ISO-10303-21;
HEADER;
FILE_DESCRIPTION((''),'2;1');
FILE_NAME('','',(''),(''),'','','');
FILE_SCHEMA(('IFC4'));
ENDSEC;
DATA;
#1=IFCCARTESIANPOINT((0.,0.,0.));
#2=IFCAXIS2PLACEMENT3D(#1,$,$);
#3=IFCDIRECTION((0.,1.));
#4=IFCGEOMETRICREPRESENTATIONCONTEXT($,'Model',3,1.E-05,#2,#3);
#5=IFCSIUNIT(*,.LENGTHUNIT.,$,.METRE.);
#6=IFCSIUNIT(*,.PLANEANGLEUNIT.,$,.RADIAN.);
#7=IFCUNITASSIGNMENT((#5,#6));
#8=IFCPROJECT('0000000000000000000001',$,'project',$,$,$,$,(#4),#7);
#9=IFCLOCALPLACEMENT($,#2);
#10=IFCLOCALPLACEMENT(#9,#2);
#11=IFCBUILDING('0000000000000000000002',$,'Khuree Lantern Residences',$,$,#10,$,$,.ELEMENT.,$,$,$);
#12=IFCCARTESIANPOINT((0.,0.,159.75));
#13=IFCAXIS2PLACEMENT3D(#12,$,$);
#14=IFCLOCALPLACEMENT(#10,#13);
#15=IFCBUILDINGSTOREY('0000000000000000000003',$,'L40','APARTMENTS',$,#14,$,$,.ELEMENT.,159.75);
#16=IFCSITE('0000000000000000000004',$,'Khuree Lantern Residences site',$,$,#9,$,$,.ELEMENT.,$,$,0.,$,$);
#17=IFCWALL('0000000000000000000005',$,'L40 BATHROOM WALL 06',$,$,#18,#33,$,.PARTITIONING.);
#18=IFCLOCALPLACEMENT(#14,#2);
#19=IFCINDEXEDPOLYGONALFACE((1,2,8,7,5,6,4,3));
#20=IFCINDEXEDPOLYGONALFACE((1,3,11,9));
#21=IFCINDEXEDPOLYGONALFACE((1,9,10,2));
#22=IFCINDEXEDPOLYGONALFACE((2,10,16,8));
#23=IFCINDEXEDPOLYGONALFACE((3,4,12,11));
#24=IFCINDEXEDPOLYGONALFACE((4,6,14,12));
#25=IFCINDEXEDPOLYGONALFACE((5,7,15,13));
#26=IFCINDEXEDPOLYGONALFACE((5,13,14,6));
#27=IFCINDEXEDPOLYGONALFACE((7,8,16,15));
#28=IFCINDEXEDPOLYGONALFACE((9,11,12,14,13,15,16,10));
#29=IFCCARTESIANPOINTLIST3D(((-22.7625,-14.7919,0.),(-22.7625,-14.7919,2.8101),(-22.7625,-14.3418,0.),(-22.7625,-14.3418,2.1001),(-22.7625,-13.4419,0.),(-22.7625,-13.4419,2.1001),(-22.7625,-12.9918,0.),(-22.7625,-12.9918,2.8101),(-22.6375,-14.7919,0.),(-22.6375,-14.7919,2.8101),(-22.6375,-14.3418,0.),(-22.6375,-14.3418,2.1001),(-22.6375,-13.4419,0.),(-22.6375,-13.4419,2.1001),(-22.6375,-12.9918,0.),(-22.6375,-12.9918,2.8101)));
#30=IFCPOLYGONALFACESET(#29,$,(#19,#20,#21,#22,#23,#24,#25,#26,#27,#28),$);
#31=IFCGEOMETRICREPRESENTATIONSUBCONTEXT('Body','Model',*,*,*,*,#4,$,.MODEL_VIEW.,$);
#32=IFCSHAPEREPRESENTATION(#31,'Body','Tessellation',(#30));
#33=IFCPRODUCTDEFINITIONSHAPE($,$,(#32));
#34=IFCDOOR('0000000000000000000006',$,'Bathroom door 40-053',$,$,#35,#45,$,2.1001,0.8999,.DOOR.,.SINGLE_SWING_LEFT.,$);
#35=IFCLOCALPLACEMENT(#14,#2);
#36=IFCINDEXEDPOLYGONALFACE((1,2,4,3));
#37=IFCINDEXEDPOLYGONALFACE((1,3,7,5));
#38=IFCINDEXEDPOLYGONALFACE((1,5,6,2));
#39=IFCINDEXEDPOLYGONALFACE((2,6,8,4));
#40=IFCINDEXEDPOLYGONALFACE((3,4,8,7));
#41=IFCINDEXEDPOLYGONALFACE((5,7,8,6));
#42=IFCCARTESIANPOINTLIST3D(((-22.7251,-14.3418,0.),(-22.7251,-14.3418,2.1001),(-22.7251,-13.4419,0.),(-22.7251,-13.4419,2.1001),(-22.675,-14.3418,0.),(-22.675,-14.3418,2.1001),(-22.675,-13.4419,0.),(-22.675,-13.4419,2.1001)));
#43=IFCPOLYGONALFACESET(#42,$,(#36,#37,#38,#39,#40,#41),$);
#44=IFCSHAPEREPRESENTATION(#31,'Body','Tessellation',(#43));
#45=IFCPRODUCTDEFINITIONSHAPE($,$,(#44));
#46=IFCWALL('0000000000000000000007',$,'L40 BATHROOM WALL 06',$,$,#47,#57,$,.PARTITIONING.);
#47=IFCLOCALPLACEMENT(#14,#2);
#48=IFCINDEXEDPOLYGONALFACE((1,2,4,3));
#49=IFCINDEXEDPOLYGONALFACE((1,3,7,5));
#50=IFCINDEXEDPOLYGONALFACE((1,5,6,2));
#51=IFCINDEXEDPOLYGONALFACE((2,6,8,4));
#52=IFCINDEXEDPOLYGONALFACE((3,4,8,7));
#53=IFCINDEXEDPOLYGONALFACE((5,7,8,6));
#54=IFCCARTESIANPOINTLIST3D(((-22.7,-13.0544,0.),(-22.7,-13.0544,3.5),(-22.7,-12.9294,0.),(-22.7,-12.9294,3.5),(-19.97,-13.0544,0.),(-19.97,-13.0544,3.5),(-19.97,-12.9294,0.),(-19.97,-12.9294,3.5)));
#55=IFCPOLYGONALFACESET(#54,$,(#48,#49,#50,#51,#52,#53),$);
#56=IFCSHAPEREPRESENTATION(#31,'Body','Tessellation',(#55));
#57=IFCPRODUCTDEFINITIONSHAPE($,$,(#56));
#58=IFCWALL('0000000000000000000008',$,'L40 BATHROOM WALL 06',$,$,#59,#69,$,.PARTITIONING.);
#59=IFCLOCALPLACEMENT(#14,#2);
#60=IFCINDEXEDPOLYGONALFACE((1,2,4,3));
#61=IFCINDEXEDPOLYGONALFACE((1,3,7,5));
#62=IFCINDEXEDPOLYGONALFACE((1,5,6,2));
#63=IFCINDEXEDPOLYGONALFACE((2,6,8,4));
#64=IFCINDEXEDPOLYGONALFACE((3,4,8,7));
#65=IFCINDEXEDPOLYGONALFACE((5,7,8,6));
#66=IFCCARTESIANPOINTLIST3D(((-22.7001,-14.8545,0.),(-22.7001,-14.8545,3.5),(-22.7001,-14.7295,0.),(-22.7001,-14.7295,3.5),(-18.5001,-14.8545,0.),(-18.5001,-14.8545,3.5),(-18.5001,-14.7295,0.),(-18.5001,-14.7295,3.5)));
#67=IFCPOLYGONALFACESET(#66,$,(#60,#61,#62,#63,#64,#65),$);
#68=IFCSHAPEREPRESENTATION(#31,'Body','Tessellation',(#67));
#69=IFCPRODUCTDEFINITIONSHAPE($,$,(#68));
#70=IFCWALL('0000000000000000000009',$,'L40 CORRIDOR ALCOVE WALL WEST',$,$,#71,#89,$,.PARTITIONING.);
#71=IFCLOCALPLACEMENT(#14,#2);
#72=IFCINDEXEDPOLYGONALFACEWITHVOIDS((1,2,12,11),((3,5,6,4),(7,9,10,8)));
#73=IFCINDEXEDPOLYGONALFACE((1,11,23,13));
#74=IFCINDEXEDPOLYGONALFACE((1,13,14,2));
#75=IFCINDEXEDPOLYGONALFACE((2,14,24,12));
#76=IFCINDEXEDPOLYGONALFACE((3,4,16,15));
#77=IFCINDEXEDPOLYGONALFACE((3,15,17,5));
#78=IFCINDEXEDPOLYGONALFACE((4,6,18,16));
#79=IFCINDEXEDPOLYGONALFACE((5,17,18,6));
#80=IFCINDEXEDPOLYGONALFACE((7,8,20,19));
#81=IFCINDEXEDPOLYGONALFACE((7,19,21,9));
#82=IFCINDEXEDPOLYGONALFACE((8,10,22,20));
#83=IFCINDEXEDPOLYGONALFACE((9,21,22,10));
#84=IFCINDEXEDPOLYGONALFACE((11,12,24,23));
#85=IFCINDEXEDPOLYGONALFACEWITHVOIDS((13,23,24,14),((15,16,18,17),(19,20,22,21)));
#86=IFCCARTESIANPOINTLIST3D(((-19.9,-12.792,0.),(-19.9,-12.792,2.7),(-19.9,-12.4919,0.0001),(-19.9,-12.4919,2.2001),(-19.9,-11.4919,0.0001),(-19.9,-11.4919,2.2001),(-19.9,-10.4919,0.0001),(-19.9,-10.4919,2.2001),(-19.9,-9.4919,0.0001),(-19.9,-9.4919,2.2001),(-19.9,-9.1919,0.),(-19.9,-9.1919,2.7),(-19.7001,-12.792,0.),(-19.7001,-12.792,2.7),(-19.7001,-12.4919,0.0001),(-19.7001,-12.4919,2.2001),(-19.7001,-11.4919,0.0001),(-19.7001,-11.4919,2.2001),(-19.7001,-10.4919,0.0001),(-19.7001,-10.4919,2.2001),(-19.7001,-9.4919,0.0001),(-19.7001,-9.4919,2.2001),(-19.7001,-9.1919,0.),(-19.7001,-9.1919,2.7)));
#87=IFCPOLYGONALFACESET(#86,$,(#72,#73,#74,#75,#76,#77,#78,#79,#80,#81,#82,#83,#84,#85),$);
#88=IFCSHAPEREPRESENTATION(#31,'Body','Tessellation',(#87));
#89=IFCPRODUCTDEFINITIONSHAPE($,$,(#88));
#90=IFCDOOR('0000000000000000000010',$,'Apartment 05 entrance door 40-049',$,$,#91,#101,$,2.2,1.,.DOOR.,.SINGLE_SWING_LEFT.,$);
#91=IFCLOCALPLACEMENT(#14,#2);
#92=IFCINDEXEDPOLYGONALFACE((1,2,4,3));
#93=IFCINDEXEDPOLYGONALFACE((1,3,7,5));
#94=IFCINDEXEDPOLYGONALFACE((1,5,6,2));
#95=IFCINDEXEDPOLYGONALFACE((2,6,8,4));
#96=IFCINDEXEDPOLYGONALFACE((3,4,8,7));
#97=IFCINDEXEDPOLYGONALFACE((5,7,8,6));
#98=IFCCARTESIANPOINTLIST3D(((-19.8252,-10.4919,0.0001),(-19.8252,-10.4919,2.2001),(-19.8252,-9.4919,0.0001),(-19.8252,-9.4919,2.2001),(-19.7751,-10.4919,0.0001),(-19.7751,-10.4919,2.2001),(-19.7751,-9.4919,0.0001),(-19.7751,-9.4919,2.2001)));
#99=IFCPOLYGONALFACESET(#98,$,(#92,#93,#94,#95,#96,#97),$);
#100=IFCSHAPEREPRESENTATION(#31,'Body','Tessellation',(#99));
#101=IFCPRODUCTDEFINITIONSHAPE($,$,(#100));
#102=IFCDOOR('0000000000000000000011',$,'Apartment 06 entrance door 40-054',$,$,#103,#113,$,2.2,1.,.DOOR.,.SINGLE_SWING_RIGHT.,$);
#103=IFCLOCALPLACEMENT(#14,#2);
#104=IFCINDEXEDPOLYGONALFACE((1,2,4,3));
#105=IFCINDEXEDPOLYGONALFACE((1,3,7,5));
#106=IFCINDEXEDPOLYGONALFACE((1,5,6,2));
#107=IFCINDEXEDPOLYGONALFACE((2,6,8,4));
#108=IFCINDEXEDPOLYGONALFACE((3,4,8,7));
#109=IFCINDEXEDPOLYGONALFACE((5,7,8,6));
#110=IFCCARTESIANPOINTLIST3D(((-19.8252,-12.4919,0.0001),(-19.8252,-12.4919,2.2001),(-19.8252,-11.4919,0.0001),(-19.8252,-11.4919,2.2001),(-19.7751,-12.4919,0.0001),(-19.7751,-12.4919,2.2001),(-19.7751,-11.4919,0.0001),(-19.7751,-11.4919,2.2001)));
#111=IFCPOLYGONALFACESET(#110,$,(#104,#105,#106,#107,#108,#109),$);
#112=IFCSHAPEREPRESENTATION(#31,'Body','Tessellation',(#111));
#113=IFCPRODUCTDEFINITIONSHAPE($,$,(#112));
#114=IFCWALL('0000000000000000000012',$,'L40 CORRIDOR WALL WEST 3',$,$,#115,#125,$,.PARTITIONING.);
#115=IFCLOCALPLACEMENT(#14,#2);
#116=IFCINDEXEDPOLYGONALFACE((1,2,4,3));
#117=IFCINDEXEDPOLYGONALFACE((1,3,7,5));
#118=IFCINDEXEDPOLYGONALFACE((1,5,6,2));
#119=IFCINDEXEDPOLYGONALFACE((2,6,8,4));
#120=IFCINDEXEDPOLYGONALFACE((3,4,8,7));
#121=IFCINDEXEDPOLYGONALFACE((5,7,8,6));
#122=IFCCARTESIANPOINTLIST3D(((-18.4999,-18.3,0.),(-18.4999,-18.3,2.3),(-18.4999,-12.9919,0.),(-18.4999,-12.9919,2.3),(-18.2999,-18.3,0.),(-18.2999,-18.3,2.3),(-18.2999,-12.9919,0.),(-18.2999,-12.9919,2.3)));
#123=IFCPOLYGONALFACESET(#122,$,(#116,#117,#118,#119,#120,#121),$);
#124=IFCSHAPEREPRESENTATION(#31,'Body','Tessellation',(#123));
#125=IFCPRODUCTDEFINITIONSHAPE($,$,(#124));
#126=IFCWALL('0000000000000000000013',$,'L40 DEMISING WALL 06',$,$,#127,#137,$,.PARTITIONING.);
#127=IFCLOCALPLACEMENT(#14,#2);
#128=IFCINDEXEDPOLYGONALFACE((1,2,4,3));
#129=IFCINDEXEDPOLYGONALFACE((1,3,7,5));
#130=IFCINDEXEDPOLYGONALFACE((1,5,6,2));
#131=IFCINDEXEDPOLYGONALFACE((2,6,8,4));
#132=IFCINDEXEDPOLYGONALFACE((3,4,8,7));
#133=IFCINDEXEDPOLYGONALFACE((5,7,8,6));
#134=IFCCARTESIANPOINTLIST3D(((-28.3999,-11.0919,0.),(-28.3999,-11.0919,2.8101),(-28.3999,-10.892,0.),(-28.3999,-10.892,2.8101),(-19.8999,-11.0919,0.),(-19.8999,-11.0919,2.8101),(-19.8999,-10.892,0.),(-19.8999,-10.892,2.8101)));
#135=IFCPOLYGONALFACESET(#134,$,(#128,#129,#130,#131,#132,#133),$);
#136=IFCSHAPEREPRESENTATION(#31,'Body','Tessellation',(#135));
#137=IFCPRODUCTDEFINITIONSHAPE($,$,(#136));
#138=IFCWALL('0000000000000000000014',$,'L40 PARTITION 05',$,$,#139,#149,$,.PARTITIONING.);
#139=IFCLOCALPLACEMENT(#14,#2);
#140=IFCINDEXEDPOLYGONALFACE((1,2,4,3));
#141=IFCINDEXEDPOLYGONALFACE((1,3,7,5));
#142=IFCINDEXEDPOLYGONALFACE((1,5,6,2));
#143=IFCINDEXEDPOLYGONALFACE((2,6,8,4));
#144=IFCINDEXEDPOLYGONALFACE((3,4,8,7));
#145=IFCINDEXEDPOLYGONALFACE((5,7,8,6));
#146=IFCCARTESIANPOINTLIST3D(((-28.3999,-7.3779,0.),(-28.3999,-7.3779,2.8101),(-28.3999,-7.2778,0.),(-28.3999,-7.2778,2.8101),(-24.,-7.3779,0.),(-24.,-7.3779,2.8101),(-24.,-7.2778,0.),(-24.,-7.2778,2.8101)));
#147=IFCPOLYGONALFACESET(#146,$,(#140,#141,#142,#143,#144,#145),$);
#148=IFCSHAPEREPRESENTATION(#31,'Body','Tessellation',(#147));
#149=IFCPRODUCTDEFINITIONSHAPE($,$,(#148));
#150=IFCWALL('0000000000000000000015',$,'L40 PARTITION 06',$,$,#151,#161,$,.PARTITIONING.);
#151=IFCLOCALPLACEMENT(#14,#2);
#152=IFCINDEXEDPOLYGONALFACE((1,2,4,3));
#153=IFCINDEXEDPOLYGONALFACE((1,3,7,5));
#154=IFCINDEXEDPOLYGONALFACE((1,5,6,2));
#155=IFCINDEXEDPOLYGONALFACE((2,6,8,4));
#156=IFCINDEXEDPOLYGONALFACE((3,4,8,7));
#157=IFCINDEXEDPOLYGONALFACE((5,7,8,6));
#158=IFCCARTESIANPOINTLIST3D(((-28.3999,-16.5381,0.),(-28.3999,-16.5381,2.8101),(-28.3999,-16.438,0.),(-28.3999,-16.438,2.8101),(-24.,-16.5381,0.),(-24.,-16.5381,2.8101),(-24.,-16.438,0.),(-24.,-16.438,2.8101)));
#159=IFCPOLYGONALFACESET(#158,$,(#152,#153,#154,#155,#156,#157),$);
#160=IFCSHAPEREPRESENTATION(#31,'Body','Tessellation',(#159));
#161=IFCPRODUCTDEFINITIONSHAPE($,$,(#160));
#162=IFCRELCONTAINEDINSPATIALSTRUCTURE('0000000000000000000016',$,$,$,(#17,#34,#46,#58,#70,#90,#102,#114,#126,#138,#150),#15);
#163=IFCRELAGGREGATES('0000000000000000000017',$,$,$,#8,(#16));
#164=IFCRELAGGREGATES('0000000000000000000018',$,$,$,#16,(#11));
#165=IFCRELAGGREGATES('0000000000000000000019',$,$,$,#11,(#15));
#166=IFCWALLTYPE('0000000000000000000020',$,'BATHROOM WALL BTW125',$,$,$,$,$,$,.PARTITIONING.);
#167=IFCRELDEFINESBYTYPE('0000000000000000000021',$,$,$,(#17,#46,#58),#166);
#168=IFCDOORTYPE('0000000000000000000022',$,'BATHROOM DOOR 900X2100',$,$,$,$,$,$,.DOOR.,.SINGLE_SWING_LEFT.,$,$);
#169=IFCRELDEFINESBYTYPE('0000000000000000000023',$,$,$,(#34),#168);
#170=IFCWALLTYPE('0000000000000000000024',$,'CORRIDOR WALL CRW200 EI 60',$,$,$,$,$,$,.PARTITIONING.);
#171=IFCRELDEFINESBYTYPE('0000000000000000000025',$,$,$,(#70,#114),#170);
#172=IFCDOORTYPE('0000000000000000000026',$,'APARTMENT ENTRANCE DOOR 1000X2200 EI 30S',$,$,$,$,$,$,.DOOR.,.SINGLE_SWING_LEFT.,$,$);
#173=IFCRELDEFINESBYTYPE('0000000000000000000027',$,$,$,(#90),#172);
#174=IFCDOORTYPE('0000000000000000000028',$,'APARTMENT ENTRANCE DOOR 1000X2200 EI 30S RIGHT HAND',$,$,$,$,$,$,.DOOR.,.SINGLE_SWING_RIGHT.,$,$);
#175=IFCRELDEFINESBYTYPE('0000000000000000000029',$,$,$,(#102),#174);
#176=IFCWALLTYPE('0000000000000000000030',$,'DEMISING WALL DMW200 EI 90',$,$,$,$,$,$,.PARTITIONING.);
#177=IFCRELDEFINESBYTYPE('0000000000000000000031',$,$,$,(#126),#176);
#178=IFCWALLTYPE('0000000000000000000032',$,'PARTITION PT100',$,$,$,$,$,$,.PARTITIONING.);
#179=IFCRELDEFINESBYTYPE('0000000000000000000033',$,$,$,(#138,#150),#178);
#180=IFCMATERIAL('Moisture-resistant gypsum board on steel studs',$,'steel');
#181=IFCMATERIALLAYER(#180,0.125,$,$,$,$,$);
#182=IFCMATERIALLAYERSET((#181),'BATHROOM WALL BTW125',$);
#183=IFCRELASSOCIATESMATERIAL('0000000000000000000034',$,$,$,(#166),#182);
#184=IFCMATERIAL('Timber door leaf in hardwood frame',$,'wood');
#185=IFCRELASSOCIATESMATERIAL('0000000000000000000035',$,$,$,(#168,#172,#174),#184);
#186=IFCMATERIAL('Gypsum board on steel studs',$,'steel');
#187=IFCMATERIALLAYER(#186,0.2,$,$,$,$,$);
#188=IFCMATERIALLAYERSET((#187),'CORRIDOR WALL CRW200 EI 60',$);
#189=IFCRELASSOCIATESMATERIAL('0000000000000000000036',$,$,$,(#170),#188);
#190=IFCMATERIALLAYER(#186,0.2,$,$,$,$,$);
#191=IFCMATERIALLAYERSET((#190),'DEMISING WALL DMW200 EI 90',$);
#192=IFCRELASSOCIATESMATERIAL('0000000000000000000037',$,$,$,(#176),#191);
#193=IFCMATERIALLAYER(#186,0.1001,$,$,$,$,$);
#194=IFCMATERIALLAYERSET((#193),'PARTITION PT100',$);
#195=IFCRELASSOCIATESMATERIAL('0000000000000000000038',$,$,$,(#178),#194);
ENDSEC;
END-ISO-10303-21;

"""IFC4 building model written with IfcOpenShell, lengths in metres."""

from ifc_helpers import new_model, si_unit, direction, frame, frame_2d, origin, place, context, subcontext, project, spatial, rectangle, extrude, material, layer, layer_set, type_object, element, fill, save


model = new_model("IFC4")

# Units and contexts
model_context = context("Model", 3, precision=1e-05, world=origin(), true_north=direction((0.0, 1.0)))
body_context = subcontext(model_context, "Body", "Model", "MODEL_VIEW")
ifc_project = project(units=[si_unit("LENGTHUNIT", "METRE"), si_unit("PLANEANGLEUNIT", "RADIAN")], contexts=[model_context])

# Site, building, storey
site_placement = place(None, origin())
site = spatial("IfcSite", under=ifc_project, at=site_placement, Name="Khuree Lantern Residences site", CompositionType="ELEMENT", RefElevation=0.0)
building_placement = place(site_placement, origin())
building = spatial("IfcBuilding", under=site, at=building_placement, Name="Khuree Lantern Residences", CompositionType="ELEMENT")
storey_placement = place(building_placement, frame((0.0, 0.0, 159.75)))
storey = spatial("IfcBuildingStorey", under=building, at=storey_placement, Name="L40", Description="APARTMENTS", CompositionType="ELEMENT", Elevation=159.75)

# Shared definitions
ifc_material_1 = material(Name="Moisture-resistant gypsum board on steel studs", Category="steel")
ifc_layer_1 = layer(ifc_material_1, 0.125)
ifc_layer_set_1 = layer_set([ifc_layer_1], Name="BATHROOM WALL BTW125")
wall_type_1 = type_object("IfcWallType", Name="BATHROOM WALL BTW125", PredefinedType="PARTITIONING", material=ifc_layer_set_1)
ifc_material_2 = material(Name="Timber door leaf in hardwood frame", Category="wood")
door_type_1 = type_object("IfcDoorType", Name="BATHROOM DOOR 900X2100", OperationType="SINGLE_SWING_LEFT", PredefinedType="DOOR", material=ifc_material_2)

# Wall, opening, door
wall_1_placement = place(storey_placement, frame((-22.7, -12.9919, 0.0), z_axis=(0.0, 0.0, 1.0), x_axis=(0.0, -1.0, 0.0)))
wall_1 = element("IfcWall", 1, at=wall_1_placement, inside=storey, type_object=wall_type_1, Name="L40 BATHROOM WALL 06", PredefinedType="PARTITIONING", context=body_context, shape_type="SweptSolid", body=[
    extrude(rectangle(XDim=1.8, YDim=0.125, at=frame_2d((0.8999, 0.0))), origin(), (0.0, 0.0, 1.0), 2.8101),
])
opening_1_placement = place(wall_1_placement, frame((0.45, 0.0, 0.0)))
opening_1 = element("IfcOpeningElement", 2, at=opening_1_placement, cuts=wall_1, PredefinedType="OPENING", context=body_context, shape_type="SweptSolid", body=[
    extrude(rectangle(XDim=0.8999, YDim=2.1001, at=frame_2d((0.45, 1.05))), frame((0.0, 0.0725, 0.0), z_axis=(0.0, -1.0, 0.0), x_axis=(1.0, 0.0, 0.0)), (0.0, 0.0, 1.0), 0.145),
])
door_1_placement = place(opening_1_placement, origin())
door_1 = element("IfcDoor", 3, at=door_1_placement, inside=storey, type_object=door_type_1, Name="Bathroom door 40-053", OperationType="SINGLE_SWING_LEFT", OverallHeight=2.1001, OverallWidth=0.8999, PredefinedType="DOOR", context=body_context, shape_type="SweptSolid", body=[
    extrude(rectangle(XDim=0.8999, YDim=2.1001, at=frame_2d((0.45, 1.05))), frame((0.0, 0.0249, 0.0), z_axis=(0.0, -1.0, 0.0), x_axis=(1.0, 0.0, 0.0)), (0.0, 0.0, 1.0), 0.05),
])
fill(opening_1, door_1)

# Walls
wall_2_placement = place(storey_placement, frame((-19.97, -12.9919, 0.0), z_axis=(0.0, 0.0, 1.0), x_axis=(-1.0, 0.0, 0.0)))
element("IfcWall", 4, at=wall_2_placement, inside=storey, type_object=wall_type_1, Name="L40 BATHROOM WALL 06", PredefinedType="PARTITIONING", context=body_context, shape_type="SweptSolid", body=[
    extrude(rectangle(XDim=2.73, YDim=0.125, at=frame_2d((1.365, 0.0))), origin(), (0.0, 0.0, 1.0), 3.5),
])
wall_3_placement = place(storey_placement, frame((-18.5, -14.792, 0.0), z_axis=(0.0, 0.0, 1.0), x_axis=(-1.0, 0.0, 0.0)))
element("IfcWall", 5, at=wall_3_placement, inside=storey, type_object=wall_type_1, Name="L40 BATHROOM WALL 06", PredefinedType="PARTITIONING", context=body_context, shape_type="SweptSolid", body=[
    extrude(rectangle(XDim=4.2, YDim=0.125, at=frame_2d((2.1001, 0.0))), origin(), (0.0, 0.0, 1.0), 3.5),
])

# Wall, openings, doors
ifc_material_3 = material(Name="Gypsum board on steel studs", Category="steel")
ifc_layer_2 = layer(ifc_material_3, 0.2)
ifc_layer_set_2 = layer_set([ifc_layer_2], Name="CORRIDOR WALL CRW200 EI 60")
wall_type_2 = type_object("IfcWallType", Name="CORRIDOR WALL CRW200 EI 60", PredefinedType="PARTITIONING", material=ifc_layer_set_2)
wall_4_placement = place(storey_placement, frame((-19.8, -9.1919, 0.0), z_axis=(0.0, 0.0, 1.0), x_axis=(0.0, -1.0, 0.0)))
wall_4 = element("IfcWall", 6, at=wall_4_placement, inside=storey, type_object=wall_type_2, Name="L40 CORRIDOR ALCOVE WALL WEST", PredefinedType="PARTITIONING", context=body_context, shape_type="SweptSolid", body=[
    extrude(rectangle(XDim=3.6001, YDim=0.2, at=frame_2d((1.8, 0.0))), origin(), (0.0, 0.0, 1.0), 2.7),
])
opening_2_placement = place(wall_4_placement, frame((0.3, 0.0, 0.0)))
opening_2 = element("IfcOpeningElement", 7, at=opening_2_placement, cuts=wall_4, PredefinedType="OPENING", context=body_context, shape_type="SweptSolid", body=[
    extrude(rectangle(XDim=1.0, YDim=2.2, at=frame_2d((0.5, 1.1001))), frame((0.0, 0.1099, 0.0), z_axis=(0.0, -1.0, 0.0), x_axis=(1.0, 0.0, 0.0)), (0.0, 0.0, 1.0), 0.22),
])
opening_3_placement = place(wall_4_placement, frame((2.3, 0.0, 0.0)))
opening_3 = element("IfcOpeningElement", 8, at=opening_3_placement, cuts=wall_4, PredefinedType="OPENING", context=body_context, shape_type="SweptSolid", body=[
    extrude(rectangle(XDim=1.0, YDim=2.2, at=frame_2d((0.5, 1.1001))), frame((0.0, 0.1099, 0.0), z_axis=(0.0, -1.0, 0.0), x_axis=(1.0, 0.0, 0.0)), (0.0, 0.0, 1.0), 0.22),
])
door_type_2 = type_object("IfcDoorType", Name="APARTMENT ENTRANCE DOOR 1000X2200 EI 30S", OperationType="SINGLE_SWING_LEFT", PredefinedType="DOOR", material=ifc_material_2)
door_2_placement = place(opening_2_placement, origin())
door_2 = element("IfcDoor", 9, at=door_2_placement, inside=storey, type_object=door_type_2, Name="Apartment 05 entrance door 40-049", OperationType="SINGLE_SWING_LEFT", OverallHeight=2.2, OverallWidth=1.0, PredefinedType="DOOR", context=body_context, shape_type="SweptSolid", body=[
    extrude(rectangle(XDim=1.0, YDim=2.2, at=frame_2d((0.5, 1.1001))), frame((0.0, 0.0249, 0.0), z_axis=(0.0, -1.0, 0.0), x_axis=(1.0, 0.0, 0.0)), (0.0, 0.0, 1.0), 0.05),
])
fill(opening_2, door_2)
door_type_3 = type_object("IfcDoorType", Name="APARTMENT ENTRANCE DOOR 1000X2200 EI 30S RIGHT HAND", OperationType="SINGLE_SWING_RIGHT", PredefinedType="DOOR", material=ifc_material_2)
door_3_placement = place(opening_3_placement, origin())
door_3 = element("IfcDoor", 10, at=door_3_placement, inside=storey, type_object=door_type_3, Name="Apartment 06 entrance door 40-054", OperationType="SINGLE_SWING_RIGHT", OverallHeight=2.2, OverallWidth=1.0, PredefinedType="DOOR", context=body_context, shape_type="SweptSolid", body=[
    extrude(rectangle(XDim=1.0, YDim=2.2, at=frame_2d((0.5, 1.1001))), frame((0.0, 0.0249, 0.0), z_axis=(0.0, -1.0, 0.0), x_axis=(1.0, 0.0, 0.0)), (0.0, 0.0, 1.0), 0.05),
])
fill(opening_3, door_3)

# Walls
wall_5_placement = place(storey_placement, frame((-18.3999, -12.9919, 0.0), z_axis=(0.0, 0.0, 1.0), x_axis=(0.0, -1.0, 0.0)))
element("IfcWall", 11, at=wall_5_placement, inside=storey, type_object=wall_type_2, Name="L40 CORRIDOR WALL WEST 3", PredefinedType="PARTITIONING", context=body_context, shape_type="SweptSolid", body=[
    extrude(rectangle(XDim=5.3081, YDim=0.2, at=frame_2d((2.6541, 0.0))), origin(), (0.0, 0.0, 1.0), 2.3),
])
ifc_layer_3 = layer(ifc_material_3, 0.2)
ifc_layer_set_3 = layer_set([ifc_layer_3], Name="DEMISING WALL DMW200 EI 90")
wall_type_3 = type_object("IfcWallType", Name="DEMISING WALL DMW200 EI 90", PredefinedType="PARTITIONING", material=ifc_layer_set_3)
wall_6_placement = place(storey_placement, frame((-19.8999, -10.9919, 0.0), z_axis=(0.0, 0.0, 1.0), x_axis=(-1.0, 0.0, 0.0)))
element("IfcWall", 12, at=wall_6_placement, inside=storey, type_object=wall_type_3, Name="L40 DEMISING WALL 06", PredefinedType="PARTITIONING", context=body_context, shape_type="SweptSolid", body=[
    extrude(rectangle(XDim=8.5, YDim=0.2, at=frame_2d((4.25, 0.0))), origin(), (0.0, 0.0, 1.0), 2.8101),
])
ifc_layer_4 = layer(ifc_material_3, 0.1001)
ifc_layer_set_4 = layer_set([ifc_layer_4], Name="PARTITION PT100")
wall_type_4 = type_object("IfcWallType", Name="PARTITION PT100", PredefinedType="PARTITIONING", material=ifc_layer_set_4)
for number, where, z_axis, x_axis, name in (
    (13, (-24.0, -7.3279, 0.0), (0.0, 0.0, 1.0), (-1.0, 0.0, 0.0), "L40 PARTITION 05"),
    (14, (-24.0, -16.488, 0.0), (0.0, 0.0, 1.0), (-1.0, 0.0, 0.0), "L40 PARTITION 06"),
):
    element("IfcWall", number, at=place(storey_placement, frame(where, z_axis=z_axis, x_axis=x_axis)), inside=storey, type_object=wall_type_4, Name=name, PredefinedType="PARTITIONING", context=body_context, shape_type="SweptSolid", body=[
        extrude(rectangle(XDim=4.3999, YDim=0.1001, at=frame_2d((2.2, 0.0))), origin(), (0.0, 0.0, 1.0), 2.8101),
    ])

save(model, "model.ifc")
